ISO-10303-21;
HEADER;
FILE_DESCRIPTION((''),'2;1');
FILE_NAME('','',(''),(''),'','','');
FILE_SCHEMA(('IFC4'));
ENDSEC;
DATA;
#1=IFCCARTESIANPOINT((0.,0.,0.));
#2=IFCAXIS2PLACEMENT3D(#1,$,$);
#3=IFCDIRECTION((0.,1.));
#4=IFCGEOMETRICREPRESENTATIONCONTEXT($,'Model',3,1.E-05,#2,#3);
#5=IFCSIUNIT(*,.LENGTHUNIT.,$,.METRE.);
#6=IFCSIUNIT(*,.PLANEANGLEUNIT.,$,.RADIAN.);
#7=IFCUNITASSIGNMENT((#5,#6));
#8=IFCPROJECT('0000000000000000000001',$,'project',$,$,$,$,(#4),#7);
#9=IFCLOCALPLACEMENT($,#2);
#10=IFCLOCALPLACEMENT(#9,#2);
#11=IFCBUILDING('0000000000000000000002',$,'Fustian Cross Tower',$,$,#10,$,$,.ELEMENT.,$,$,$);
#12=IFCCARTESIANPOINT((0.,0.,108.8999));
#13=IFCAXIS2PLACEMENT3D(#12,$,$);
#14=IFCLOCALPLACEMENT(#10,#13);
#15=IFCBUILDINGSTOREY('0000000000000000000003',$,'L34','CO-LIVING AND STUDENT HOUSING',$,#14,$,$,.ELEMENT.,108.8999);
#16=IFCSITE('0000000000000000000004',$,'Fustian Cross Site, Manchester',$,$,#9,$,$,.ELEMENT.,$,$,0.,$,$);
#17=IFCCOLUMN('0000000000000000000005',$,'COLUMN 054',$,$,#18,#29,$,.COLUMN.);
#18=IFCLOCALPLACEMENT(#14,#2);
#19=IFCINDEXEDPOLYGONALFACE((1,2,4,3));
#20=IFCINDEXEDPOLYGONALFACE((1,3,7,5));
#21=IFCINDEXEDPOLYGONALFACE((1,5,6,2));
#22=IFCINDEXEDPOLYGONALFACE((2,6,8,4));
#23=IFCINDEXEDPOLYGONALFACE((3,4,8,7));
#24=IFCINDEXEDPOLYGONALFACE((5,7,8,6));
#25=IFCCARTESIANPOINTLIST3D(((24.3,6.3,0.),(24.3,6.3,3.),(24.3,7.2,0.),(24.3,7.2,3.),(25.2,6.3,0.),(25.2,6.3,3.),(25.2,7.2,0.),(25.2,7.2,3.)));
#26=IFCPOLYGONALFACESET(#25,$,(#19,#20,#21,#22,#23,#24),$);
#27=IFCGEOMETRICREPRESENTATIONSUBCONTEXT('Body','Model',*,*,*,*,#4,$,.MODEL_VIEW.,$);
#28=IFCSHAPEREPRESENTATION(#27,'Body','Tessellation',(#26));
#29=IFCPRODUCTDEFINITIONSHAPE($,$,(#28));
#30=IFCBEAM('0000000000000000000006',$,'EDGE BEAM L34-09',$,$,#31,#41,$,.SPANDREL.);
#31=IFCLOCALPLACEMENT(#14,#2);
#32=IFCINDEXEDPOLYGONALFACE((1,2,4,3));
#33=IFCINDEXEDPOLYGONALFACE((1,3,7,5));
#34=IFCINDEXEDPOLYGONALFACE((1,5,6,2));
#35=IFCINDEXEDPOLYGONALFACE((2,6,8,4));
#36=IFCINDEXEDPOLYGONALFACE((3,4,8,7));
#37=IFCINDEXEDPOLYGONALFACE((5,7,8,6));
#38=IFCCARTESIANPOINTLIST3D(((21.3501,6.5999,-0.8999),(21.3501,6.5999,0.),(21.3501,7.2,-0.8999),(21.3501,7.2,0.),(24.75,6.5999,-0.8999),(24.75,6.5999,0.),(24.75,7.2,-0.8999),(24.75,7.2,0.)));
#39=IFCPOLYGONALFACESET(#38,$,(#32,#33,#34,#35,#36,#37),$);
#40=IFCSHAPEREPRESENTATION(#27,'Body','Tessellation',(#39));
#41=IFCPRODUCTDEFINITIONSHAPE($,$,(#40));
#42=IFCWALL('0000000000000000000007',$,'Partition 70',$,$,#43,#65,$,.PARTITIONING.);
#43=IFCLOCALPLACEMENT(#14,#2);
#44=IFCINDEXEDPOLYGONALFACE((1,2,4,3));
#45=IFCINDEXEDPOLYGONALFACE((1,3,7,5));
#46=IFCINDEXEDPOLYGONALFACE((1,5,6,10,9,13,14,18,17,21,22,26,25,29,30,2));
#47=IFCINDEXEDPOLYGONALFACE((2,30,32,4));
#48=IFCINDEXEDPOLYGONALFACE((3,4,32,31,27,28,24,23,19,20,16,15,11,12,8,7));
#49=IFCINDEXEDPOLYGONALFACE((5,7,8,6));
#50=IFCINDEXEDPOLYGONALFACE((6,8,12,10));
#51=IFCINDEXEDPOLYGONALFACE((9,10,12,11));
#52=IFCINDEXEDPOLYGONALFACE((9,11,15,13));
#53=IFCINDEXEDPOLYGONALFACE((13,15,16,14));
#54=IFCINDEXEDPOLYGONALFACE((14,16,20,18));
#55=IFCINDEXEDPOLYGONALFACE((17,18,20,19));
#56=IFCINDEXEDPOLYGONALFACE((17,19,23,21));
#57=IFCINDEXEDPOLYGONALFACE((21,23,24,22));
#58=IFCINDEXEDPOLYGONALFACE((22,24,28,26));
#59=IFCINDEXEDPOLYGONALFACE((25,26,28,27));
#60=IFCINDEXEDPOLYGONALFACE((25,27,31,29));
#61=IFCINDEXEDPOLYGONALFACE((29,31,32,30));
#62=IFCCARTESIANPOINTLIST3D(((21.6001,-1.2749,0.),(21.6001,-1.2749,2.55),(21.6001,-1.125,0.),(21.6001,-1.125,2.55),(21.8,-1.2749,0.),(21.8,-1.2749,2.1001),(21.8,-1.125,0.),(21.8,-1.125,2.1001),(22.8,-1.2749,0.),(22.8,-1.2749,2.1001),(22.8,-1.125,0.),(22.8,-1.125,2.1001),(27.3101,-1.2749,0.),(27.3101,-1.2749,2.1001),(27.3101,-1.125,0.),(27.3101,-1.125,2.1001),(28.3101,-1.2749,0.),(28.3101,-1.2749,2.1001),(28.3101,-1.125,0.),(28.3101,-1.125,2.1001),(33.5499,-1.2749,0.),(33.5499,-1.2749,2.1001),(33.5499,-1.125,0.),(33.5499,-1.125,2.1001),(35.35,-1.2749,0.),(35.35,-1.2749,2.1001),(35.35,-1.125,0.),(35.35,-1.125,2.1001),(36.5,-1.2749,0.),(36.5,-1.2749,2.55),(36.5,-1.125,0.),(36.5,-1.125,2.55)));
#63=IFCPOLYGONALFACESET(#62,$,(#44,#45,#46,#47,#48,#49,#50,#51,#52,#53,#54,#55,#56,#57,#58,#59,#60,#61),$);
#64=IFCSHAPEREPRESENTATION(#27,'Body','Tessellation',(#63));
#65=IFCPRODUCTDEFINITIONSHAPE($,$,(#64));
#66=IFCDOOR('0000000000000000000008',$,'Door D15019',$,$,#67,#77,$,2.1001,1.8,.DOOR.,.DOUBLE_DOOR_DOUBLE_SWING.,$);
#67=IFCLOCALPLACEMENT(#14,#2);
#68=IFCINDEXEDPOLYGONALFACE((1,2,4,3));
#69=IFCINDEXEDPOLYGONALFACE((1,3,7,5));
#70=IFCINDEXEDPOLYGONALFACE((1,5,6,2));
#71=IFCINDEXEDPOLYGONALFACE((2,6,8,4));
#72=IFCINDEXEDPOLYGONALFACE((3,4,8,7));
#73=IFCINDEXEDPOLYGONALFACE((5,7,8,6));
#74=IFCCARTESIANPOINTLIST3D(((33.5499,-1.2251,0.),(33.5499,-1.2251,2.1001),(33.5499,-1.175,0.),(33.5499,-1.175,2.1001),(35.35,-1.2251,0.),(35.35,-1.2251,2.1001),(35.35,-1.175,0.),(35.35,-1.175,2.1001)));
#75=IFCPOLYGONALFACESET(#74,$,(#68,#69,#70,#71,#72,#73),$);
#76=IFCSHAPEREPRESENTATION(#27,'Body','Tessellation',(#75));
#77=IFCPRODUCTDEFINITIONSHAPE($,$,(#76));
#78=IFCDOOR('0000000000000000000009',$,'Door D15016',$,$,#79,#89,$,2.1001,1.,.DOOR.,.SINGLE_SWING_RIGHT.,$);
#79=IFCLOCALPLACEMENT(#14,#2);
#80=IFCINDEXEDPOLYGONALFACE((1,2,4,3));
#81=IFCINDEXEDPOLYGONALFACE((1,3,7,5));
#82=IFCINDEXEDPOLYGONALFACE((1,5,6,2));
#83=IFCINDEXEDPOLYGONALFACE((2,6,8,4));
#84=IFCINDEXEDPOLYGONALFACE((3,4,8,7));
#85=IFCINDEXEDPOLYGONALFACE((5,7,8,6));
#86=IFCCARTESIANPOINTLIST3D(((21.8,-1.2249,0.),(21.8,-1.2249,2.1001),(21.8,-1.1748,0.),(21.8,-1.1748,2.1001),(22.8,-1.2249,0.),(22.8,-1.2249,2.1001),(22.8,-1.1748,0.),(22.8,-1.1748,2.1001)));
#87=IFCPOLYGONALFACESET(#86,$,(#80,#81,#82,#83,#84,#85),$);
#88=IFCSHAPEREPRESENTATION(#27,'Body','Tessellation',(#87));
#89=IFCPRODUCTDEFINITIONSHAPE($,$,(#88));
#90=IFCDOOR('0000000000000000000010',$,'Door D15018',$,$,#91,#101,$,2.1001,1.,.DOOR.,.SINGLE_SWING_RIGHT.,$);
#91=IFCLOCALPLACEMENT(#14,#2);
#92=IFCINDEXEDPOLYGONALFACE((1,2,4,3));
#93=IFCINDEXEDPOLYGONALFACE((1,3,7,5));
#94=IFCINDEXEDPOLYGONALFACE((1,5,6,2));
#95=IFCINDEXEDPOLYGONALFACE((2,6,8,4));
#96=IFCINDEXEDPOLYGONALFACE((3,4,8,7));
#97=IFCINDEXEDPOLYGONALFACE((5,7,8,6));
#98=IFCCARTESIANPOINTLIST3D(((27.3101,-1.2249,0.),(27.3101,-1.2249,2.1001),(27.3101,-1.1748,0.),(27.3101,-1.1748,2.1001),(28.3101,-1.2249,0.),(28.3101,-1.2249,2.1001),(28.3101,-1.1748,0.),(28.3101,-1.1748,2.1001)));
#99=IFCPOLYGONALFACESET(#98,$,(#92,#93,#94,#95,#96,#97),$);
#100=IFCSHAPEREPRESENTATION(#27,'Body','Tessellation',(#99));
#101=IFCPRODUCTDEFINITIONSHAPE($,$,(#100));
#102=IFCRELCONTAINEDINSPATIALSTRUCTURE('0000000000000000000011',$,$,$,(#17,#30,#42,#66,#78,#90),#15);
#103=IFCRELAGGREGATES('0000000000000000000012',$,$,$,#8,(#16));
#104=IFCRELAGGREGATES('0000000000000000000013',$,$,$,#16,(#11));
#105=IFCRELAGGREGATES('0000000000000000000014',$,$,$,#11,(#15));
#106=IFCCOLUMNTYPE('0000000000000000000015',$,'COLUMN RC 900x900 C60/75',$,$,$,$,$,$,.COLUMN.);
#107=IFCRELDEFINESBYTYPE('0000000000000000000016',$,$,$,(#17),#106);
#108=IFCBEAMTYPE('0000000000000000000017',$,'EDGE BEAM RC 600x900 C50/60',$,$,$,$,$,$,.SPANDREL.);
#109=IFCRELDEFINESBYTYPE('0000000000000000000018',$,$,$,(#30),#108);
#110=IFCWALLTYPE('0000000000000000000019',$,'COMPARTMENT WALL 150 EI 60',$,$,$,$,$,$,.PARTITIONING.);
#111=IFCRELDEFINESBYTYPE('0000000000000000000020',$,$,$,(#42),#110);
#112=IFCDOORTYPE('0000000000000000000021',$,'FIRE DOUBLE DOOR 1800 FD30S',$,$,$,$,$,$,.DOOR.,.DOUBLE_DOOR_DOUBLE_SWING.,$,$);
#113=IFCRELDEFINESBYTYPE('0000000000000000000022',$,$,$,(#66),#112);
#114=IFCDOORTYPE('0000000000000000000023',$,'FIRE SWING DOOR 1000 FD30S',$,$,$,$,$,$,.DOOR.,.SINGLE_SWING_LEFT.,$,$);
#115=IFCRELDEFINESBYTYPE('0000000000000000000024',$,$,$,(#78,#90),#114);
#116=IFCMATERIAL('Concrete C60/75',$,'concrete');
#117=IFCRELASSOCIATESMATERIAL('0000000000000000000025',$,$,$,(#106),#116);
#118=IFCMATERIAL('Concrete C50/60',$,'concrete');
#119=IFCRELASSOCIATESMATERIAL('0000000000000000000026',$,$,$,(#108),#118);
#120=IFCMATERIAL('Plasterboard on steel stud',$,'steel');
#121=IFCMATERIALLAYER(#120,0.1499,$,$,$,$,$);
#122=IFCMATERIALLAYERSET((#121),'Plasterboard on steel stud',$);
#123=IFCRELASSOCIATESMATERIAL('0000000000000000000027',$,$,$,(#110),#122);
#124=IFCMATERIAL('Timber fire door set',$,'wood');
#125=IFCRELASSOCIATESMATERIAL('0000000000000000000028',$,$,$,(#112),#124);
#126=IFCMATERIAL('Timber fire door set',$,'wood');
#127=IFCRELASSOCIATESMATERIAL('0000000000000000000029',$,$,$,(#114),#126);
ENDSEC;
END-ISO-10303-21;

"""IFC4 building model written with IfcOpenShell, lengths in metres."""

from ifc_helpers import new_model, si_unit, direction, frame, frame_2d, origin, origin_2d, place, context, subcontext, project, spatial, rectangle, extrude, material, layer, layer_set, material_profile, profile_set, type_object, element, fill, save


model = new_model("IFC4")

# Units and contexts
model_context = context("Model", 3, precision=1e-05, world=origin(), true_north=direction((0.0, 1.0)))
body_context = subcontext(model_context, "Body", "Model", "MODEL_VIEW")
ifc_project = project(units=[si_unit("LENGTHUNIT", "METRE"), si_unit("PLANEANGLEUNIT", "RADIAN")], contexts=[model_context])

# Site, building, storey
site_placement = place(None, origin())
site = spatial("IfcSite", under=ifc_project, at=site_placement, Name="Fustian Cross Site, Manchester", CompositionType="ELEMENT", RefElevation=0.0)
building_placement = place(site_placement, origin())
building = spatial("IfcBuilding", under=site, at=building_placement, Name="Fustian Cross Tower", CompositionType="ELEMENT")
storey_placement = place(building_placement, frame((0.0, 0.0, 108.8999)))
storey = spatial("IfcBuildingStorey", under=building, at=storey_placement, Name="L34", Description="CO-LIVING AND STUDENT HOUSING", CompositionType="ELEMENT", Elevation=108.8999)

# Column
ifc_material_1 = material(Name="Concrete C60/75", Category="concrete")
ifc_material_profile_1 = material_profile(ifc_material_1, rectangle(XDim=0.8999, YDim=0.8999, at=origin_2d()), Name="RC 900x900")
ifc_profile_set_1 = profile_set([ifc_material_profile_1], Name="Concrete C60/75")
column_type = type_object("IfcColumnType", Name="COLUMN RC 900x900 C60/75", PredefinedType="COLUMN", material=ifc_profile_set_1)
column_placement = place(storey_placement, frame((24.75, 6.75, 0.0), z_axis=(0.0, 0.0, 1.0), x_axis=(1.0, 0.0, 0.0)))
element("IfcColumn", 1, at=column_placement, inside=storey, type_object=column_type, Name="COLUMN 054", PredefinedType="COLUMN", context=body_context, shape_type="SweptSolid", body=[
    extrude(rectangle(XDim=0.8999, YDim=0.8999, at=origin_2d()), origin(), (0.0, 0.0, 1.0), 3.0),
])

# Beam
ifc_material_2 = material(Name="Concrete C50/60", Category="concrete")
ifc_material_profile_2 = material_profile(ifc_material_2, rectangle(XDim=0.6001, YDim=0.8999, at=origin_2d()), Name="RC 600x900")
ifc_profile_set_2 = profile_set([ifc_material_profile_2], Name="Concrete C50/60")
beam_type = type_object("IfcBeamType", Name="EDGE BEAM RC 600x900 C50/60", PredefinedType="SPANDREL", material=ifc_profile_set_2)
beam_placement = place(storey_placement, frame((24.75, 6.8999, -0.45), z_axis=(-1.0, 0.0, 0.0), x_axis=(0.0, -1.0, 0.0)))
element("IfcBeam", 2, at=beam_placement, inside=storey, type_object=beam_type, Name="EDGE BEAM L34-09", PredefinedType="SPANDREL", context=body_context, shape_type="SweptSolid", body=[
    extrude(rectangle(XDim=0.6001, YDim=0.8999, at=origin_2d()), origin(), (0.0, 0.0, 1.0), 3.3999),
])

# Wall, openings, doors
ifc_material_3 = material(Name="Plasterboard on steel stud", Category="steel")
ifc_layer_1 = layer(ifc_material_3, 0.1499)
ifc_layer_set_1 = layer_set([ifc_layer_1], Name="Plasterboard on steel stud")
wall_type_1 = type_object("IfcWallType", Name="COMPARTMENT WALL 150 EI 60", PredefinedType="PARTITIONING", material=ifc_layer_set_1)
wall_1_placement = place(storey_placement, frame((21.6001, -1.2, 0.0), z_axis=(0.0, 0.0, 1.0), x_axis=(1.0, 0.0, 0.0)))
wall_1 = element("IfcWall", 3, at=wall_1_placement, inside=storey, type_object=wall_type_1, Name="Partition 70", PredefinedType="PARTITIONING", context=body_context, shape_type="SweptSolid", body=[
    extrude(rectangle(XDim=14.8999, YDim=0.1499, at=frame_2d((7.45, 0.0))), origin(), (0.0, 0.0, 1.0), 2.55),
])
opening_1_placement = place(wall_1_placement, frame((0.2, 0.0, 0.0)))
opening_1 = element("IfcOpeningElement", 4, at=opening_1_placement, cuts=wall_1, PredefinedType="OPENING", context=body_context, shape_type="SweptSolid", body=[
    extrude(rectangle(XDim=1.0, YDim=2.1001, at=frame_2d((0.5, 1.05))), frame((0.0, 0.085, 0.0), z_axis=(0.0, -1.0, 0.0), x_axis=(1.0, 0.0, 0.0)), (0.0, 0.0, 1.0), 0.1699),
])
opening_2_placement = place(wall_1_placement, frame((5.71, 0.0, 0.0)))
opening_2 = element("IfcOpeningElement", 5, at=opening_2_placement, cuts=wall_1, PredefinedType="OPENING", context=body_context, shape_type="SweptSolid", body=[
    extrude(rectangle(XDim=1.0, YDim=2.1001, at=frame_2d((0.5, 1.05))), frame((0.0, 0.085, 0.0), z_axis=(0.0, -1.0, 0.0), x_axis=(1.0, 0.0, 0.0)), (0.0, 0.0, 1.0), 0.1699),
])
opening_3_placement = place(wall_1_placement, frame((11.95, 0.0, 0.0)))
opening_3 = element("IfcOpeningElement", 6, at=opening_3_placement, cuts=wall_1, PredefinedType="OPENING", context=body_context, shape_type="SweptSolid", body=[
    extrude(rectangle(XDim=1.8, YDim=2.1001, at=frame_2d((0.8999, 1.05))), frame((0.0, 0.085, 0.0), z_axis=(0.0, -1.0, 0.0), x_axis=(1.0, 0.0, 0.0)), (0.0, 0.0, 1.0), 0.1699),
])
ifc_material_4 = material(Name="Timber fire door set", Category="wood")
door_type_1 = type_object("IfcDoorType", Name="FIRE DOUBLE DOOR 1800 FD30S", OperationType="DOUBLE_DOOR_DOUBLE_SWING", PredefinedType="DOOR", material=ifc_material_4)
door_1_placement = place(opening_3_placement, origin())
door_1 = element("IfcDoor", 7, at=door_1_placement, inside=storey, type_object=door_type_1, Name="Door D15019", OperationType="DOUBLE_DOOR_DOUBLE_SWING", OverallHeight=2.1001, OverallWidth=1.8, PredefinedType="DOOR", context=body_context, shape_type="SweptSolid", body=[
    extrude(rectangle(XDim=1.8, YDim=2.1001, at=frame_2d((0.8999, 1.05))), frame((0.0, 0.0249, 0.0), z_axis=(0.0, -1.0, 0.0), x_axis=(1.0, 0.0, 0.0)), (0.0, 0.0, 1.0), 0.05),
])
fill(opening_3, door_1)
ifc_material_5 = material(Name="Timber fire door set", Category="wood")
door_type_2 = type_object("IfcDoorType", Name="FIRE SWING DOOR 1000 FD30S", OperationType="SINGLE_SWING_LEFT", PredefinedType="DOOR", material=ifc_material_5)
door_2_placement = place(opening_1_placement, frame((1.0, 0.0, 0.0), z_axis=(0.0, 0.0, 1.0), x_axis=(-1.0, 0.0, 0.0)))
door_2 = element("IfcDoor", 8, at=door_2_placement, inside=storey, type_object=door_type_2, Name="Door D15016", OperationType="SINGLE_SWING_RIGHT", OverallHeight=2.1001, OverallWidth=1.0, PredefinedType="DOOR", context=body_context, shape_type="SweptSolid", body=[
    extrude(rectangle(XDim=1.0, YDim=2.1001, at=frame_2d((0.5, 1.05))), frame((0.0, 0.0249, 0.0), z_axis=(0.0, -1.0, 0.0), x_axis=(1.0, 0.0, 0.0)), (0.0, 0.0, 1.0), 0.05),
])
fill(opening_1, door_2)
door_3_placement = place(opening_2_placement, frame((1.0, 0.0, 0.0), z_axis=(0.0, 0.0, 1.0), x_axis=(-1.0, 0.0, 0.0)))
door_3 = element("IfcDoor", 9, at=door_3_placement, inside=storey, type_object=door_type_2, Name="Door D15018", OperationType="SINGLE_SWING_RIGHT", OverallHeight=2.1001, OverallWidth=1.0, PredefinedType="DOOR", context=body_context, shape_type="SweptSolid", body=[
    extrude(rectangle(XDim=1.0, YDim=2.1001, at=frame_2d((0.5, 1.05))), frame((0.0, 0.0249, 0.0), z_axis=(0.0, -1.0, 0.0), x_axis=(1.0, 0.0, 0.0)), (0.0, 0.0, 1.0), 0.05),
])
fill(opening_2, door_3)

save(model, "model.ifc")
